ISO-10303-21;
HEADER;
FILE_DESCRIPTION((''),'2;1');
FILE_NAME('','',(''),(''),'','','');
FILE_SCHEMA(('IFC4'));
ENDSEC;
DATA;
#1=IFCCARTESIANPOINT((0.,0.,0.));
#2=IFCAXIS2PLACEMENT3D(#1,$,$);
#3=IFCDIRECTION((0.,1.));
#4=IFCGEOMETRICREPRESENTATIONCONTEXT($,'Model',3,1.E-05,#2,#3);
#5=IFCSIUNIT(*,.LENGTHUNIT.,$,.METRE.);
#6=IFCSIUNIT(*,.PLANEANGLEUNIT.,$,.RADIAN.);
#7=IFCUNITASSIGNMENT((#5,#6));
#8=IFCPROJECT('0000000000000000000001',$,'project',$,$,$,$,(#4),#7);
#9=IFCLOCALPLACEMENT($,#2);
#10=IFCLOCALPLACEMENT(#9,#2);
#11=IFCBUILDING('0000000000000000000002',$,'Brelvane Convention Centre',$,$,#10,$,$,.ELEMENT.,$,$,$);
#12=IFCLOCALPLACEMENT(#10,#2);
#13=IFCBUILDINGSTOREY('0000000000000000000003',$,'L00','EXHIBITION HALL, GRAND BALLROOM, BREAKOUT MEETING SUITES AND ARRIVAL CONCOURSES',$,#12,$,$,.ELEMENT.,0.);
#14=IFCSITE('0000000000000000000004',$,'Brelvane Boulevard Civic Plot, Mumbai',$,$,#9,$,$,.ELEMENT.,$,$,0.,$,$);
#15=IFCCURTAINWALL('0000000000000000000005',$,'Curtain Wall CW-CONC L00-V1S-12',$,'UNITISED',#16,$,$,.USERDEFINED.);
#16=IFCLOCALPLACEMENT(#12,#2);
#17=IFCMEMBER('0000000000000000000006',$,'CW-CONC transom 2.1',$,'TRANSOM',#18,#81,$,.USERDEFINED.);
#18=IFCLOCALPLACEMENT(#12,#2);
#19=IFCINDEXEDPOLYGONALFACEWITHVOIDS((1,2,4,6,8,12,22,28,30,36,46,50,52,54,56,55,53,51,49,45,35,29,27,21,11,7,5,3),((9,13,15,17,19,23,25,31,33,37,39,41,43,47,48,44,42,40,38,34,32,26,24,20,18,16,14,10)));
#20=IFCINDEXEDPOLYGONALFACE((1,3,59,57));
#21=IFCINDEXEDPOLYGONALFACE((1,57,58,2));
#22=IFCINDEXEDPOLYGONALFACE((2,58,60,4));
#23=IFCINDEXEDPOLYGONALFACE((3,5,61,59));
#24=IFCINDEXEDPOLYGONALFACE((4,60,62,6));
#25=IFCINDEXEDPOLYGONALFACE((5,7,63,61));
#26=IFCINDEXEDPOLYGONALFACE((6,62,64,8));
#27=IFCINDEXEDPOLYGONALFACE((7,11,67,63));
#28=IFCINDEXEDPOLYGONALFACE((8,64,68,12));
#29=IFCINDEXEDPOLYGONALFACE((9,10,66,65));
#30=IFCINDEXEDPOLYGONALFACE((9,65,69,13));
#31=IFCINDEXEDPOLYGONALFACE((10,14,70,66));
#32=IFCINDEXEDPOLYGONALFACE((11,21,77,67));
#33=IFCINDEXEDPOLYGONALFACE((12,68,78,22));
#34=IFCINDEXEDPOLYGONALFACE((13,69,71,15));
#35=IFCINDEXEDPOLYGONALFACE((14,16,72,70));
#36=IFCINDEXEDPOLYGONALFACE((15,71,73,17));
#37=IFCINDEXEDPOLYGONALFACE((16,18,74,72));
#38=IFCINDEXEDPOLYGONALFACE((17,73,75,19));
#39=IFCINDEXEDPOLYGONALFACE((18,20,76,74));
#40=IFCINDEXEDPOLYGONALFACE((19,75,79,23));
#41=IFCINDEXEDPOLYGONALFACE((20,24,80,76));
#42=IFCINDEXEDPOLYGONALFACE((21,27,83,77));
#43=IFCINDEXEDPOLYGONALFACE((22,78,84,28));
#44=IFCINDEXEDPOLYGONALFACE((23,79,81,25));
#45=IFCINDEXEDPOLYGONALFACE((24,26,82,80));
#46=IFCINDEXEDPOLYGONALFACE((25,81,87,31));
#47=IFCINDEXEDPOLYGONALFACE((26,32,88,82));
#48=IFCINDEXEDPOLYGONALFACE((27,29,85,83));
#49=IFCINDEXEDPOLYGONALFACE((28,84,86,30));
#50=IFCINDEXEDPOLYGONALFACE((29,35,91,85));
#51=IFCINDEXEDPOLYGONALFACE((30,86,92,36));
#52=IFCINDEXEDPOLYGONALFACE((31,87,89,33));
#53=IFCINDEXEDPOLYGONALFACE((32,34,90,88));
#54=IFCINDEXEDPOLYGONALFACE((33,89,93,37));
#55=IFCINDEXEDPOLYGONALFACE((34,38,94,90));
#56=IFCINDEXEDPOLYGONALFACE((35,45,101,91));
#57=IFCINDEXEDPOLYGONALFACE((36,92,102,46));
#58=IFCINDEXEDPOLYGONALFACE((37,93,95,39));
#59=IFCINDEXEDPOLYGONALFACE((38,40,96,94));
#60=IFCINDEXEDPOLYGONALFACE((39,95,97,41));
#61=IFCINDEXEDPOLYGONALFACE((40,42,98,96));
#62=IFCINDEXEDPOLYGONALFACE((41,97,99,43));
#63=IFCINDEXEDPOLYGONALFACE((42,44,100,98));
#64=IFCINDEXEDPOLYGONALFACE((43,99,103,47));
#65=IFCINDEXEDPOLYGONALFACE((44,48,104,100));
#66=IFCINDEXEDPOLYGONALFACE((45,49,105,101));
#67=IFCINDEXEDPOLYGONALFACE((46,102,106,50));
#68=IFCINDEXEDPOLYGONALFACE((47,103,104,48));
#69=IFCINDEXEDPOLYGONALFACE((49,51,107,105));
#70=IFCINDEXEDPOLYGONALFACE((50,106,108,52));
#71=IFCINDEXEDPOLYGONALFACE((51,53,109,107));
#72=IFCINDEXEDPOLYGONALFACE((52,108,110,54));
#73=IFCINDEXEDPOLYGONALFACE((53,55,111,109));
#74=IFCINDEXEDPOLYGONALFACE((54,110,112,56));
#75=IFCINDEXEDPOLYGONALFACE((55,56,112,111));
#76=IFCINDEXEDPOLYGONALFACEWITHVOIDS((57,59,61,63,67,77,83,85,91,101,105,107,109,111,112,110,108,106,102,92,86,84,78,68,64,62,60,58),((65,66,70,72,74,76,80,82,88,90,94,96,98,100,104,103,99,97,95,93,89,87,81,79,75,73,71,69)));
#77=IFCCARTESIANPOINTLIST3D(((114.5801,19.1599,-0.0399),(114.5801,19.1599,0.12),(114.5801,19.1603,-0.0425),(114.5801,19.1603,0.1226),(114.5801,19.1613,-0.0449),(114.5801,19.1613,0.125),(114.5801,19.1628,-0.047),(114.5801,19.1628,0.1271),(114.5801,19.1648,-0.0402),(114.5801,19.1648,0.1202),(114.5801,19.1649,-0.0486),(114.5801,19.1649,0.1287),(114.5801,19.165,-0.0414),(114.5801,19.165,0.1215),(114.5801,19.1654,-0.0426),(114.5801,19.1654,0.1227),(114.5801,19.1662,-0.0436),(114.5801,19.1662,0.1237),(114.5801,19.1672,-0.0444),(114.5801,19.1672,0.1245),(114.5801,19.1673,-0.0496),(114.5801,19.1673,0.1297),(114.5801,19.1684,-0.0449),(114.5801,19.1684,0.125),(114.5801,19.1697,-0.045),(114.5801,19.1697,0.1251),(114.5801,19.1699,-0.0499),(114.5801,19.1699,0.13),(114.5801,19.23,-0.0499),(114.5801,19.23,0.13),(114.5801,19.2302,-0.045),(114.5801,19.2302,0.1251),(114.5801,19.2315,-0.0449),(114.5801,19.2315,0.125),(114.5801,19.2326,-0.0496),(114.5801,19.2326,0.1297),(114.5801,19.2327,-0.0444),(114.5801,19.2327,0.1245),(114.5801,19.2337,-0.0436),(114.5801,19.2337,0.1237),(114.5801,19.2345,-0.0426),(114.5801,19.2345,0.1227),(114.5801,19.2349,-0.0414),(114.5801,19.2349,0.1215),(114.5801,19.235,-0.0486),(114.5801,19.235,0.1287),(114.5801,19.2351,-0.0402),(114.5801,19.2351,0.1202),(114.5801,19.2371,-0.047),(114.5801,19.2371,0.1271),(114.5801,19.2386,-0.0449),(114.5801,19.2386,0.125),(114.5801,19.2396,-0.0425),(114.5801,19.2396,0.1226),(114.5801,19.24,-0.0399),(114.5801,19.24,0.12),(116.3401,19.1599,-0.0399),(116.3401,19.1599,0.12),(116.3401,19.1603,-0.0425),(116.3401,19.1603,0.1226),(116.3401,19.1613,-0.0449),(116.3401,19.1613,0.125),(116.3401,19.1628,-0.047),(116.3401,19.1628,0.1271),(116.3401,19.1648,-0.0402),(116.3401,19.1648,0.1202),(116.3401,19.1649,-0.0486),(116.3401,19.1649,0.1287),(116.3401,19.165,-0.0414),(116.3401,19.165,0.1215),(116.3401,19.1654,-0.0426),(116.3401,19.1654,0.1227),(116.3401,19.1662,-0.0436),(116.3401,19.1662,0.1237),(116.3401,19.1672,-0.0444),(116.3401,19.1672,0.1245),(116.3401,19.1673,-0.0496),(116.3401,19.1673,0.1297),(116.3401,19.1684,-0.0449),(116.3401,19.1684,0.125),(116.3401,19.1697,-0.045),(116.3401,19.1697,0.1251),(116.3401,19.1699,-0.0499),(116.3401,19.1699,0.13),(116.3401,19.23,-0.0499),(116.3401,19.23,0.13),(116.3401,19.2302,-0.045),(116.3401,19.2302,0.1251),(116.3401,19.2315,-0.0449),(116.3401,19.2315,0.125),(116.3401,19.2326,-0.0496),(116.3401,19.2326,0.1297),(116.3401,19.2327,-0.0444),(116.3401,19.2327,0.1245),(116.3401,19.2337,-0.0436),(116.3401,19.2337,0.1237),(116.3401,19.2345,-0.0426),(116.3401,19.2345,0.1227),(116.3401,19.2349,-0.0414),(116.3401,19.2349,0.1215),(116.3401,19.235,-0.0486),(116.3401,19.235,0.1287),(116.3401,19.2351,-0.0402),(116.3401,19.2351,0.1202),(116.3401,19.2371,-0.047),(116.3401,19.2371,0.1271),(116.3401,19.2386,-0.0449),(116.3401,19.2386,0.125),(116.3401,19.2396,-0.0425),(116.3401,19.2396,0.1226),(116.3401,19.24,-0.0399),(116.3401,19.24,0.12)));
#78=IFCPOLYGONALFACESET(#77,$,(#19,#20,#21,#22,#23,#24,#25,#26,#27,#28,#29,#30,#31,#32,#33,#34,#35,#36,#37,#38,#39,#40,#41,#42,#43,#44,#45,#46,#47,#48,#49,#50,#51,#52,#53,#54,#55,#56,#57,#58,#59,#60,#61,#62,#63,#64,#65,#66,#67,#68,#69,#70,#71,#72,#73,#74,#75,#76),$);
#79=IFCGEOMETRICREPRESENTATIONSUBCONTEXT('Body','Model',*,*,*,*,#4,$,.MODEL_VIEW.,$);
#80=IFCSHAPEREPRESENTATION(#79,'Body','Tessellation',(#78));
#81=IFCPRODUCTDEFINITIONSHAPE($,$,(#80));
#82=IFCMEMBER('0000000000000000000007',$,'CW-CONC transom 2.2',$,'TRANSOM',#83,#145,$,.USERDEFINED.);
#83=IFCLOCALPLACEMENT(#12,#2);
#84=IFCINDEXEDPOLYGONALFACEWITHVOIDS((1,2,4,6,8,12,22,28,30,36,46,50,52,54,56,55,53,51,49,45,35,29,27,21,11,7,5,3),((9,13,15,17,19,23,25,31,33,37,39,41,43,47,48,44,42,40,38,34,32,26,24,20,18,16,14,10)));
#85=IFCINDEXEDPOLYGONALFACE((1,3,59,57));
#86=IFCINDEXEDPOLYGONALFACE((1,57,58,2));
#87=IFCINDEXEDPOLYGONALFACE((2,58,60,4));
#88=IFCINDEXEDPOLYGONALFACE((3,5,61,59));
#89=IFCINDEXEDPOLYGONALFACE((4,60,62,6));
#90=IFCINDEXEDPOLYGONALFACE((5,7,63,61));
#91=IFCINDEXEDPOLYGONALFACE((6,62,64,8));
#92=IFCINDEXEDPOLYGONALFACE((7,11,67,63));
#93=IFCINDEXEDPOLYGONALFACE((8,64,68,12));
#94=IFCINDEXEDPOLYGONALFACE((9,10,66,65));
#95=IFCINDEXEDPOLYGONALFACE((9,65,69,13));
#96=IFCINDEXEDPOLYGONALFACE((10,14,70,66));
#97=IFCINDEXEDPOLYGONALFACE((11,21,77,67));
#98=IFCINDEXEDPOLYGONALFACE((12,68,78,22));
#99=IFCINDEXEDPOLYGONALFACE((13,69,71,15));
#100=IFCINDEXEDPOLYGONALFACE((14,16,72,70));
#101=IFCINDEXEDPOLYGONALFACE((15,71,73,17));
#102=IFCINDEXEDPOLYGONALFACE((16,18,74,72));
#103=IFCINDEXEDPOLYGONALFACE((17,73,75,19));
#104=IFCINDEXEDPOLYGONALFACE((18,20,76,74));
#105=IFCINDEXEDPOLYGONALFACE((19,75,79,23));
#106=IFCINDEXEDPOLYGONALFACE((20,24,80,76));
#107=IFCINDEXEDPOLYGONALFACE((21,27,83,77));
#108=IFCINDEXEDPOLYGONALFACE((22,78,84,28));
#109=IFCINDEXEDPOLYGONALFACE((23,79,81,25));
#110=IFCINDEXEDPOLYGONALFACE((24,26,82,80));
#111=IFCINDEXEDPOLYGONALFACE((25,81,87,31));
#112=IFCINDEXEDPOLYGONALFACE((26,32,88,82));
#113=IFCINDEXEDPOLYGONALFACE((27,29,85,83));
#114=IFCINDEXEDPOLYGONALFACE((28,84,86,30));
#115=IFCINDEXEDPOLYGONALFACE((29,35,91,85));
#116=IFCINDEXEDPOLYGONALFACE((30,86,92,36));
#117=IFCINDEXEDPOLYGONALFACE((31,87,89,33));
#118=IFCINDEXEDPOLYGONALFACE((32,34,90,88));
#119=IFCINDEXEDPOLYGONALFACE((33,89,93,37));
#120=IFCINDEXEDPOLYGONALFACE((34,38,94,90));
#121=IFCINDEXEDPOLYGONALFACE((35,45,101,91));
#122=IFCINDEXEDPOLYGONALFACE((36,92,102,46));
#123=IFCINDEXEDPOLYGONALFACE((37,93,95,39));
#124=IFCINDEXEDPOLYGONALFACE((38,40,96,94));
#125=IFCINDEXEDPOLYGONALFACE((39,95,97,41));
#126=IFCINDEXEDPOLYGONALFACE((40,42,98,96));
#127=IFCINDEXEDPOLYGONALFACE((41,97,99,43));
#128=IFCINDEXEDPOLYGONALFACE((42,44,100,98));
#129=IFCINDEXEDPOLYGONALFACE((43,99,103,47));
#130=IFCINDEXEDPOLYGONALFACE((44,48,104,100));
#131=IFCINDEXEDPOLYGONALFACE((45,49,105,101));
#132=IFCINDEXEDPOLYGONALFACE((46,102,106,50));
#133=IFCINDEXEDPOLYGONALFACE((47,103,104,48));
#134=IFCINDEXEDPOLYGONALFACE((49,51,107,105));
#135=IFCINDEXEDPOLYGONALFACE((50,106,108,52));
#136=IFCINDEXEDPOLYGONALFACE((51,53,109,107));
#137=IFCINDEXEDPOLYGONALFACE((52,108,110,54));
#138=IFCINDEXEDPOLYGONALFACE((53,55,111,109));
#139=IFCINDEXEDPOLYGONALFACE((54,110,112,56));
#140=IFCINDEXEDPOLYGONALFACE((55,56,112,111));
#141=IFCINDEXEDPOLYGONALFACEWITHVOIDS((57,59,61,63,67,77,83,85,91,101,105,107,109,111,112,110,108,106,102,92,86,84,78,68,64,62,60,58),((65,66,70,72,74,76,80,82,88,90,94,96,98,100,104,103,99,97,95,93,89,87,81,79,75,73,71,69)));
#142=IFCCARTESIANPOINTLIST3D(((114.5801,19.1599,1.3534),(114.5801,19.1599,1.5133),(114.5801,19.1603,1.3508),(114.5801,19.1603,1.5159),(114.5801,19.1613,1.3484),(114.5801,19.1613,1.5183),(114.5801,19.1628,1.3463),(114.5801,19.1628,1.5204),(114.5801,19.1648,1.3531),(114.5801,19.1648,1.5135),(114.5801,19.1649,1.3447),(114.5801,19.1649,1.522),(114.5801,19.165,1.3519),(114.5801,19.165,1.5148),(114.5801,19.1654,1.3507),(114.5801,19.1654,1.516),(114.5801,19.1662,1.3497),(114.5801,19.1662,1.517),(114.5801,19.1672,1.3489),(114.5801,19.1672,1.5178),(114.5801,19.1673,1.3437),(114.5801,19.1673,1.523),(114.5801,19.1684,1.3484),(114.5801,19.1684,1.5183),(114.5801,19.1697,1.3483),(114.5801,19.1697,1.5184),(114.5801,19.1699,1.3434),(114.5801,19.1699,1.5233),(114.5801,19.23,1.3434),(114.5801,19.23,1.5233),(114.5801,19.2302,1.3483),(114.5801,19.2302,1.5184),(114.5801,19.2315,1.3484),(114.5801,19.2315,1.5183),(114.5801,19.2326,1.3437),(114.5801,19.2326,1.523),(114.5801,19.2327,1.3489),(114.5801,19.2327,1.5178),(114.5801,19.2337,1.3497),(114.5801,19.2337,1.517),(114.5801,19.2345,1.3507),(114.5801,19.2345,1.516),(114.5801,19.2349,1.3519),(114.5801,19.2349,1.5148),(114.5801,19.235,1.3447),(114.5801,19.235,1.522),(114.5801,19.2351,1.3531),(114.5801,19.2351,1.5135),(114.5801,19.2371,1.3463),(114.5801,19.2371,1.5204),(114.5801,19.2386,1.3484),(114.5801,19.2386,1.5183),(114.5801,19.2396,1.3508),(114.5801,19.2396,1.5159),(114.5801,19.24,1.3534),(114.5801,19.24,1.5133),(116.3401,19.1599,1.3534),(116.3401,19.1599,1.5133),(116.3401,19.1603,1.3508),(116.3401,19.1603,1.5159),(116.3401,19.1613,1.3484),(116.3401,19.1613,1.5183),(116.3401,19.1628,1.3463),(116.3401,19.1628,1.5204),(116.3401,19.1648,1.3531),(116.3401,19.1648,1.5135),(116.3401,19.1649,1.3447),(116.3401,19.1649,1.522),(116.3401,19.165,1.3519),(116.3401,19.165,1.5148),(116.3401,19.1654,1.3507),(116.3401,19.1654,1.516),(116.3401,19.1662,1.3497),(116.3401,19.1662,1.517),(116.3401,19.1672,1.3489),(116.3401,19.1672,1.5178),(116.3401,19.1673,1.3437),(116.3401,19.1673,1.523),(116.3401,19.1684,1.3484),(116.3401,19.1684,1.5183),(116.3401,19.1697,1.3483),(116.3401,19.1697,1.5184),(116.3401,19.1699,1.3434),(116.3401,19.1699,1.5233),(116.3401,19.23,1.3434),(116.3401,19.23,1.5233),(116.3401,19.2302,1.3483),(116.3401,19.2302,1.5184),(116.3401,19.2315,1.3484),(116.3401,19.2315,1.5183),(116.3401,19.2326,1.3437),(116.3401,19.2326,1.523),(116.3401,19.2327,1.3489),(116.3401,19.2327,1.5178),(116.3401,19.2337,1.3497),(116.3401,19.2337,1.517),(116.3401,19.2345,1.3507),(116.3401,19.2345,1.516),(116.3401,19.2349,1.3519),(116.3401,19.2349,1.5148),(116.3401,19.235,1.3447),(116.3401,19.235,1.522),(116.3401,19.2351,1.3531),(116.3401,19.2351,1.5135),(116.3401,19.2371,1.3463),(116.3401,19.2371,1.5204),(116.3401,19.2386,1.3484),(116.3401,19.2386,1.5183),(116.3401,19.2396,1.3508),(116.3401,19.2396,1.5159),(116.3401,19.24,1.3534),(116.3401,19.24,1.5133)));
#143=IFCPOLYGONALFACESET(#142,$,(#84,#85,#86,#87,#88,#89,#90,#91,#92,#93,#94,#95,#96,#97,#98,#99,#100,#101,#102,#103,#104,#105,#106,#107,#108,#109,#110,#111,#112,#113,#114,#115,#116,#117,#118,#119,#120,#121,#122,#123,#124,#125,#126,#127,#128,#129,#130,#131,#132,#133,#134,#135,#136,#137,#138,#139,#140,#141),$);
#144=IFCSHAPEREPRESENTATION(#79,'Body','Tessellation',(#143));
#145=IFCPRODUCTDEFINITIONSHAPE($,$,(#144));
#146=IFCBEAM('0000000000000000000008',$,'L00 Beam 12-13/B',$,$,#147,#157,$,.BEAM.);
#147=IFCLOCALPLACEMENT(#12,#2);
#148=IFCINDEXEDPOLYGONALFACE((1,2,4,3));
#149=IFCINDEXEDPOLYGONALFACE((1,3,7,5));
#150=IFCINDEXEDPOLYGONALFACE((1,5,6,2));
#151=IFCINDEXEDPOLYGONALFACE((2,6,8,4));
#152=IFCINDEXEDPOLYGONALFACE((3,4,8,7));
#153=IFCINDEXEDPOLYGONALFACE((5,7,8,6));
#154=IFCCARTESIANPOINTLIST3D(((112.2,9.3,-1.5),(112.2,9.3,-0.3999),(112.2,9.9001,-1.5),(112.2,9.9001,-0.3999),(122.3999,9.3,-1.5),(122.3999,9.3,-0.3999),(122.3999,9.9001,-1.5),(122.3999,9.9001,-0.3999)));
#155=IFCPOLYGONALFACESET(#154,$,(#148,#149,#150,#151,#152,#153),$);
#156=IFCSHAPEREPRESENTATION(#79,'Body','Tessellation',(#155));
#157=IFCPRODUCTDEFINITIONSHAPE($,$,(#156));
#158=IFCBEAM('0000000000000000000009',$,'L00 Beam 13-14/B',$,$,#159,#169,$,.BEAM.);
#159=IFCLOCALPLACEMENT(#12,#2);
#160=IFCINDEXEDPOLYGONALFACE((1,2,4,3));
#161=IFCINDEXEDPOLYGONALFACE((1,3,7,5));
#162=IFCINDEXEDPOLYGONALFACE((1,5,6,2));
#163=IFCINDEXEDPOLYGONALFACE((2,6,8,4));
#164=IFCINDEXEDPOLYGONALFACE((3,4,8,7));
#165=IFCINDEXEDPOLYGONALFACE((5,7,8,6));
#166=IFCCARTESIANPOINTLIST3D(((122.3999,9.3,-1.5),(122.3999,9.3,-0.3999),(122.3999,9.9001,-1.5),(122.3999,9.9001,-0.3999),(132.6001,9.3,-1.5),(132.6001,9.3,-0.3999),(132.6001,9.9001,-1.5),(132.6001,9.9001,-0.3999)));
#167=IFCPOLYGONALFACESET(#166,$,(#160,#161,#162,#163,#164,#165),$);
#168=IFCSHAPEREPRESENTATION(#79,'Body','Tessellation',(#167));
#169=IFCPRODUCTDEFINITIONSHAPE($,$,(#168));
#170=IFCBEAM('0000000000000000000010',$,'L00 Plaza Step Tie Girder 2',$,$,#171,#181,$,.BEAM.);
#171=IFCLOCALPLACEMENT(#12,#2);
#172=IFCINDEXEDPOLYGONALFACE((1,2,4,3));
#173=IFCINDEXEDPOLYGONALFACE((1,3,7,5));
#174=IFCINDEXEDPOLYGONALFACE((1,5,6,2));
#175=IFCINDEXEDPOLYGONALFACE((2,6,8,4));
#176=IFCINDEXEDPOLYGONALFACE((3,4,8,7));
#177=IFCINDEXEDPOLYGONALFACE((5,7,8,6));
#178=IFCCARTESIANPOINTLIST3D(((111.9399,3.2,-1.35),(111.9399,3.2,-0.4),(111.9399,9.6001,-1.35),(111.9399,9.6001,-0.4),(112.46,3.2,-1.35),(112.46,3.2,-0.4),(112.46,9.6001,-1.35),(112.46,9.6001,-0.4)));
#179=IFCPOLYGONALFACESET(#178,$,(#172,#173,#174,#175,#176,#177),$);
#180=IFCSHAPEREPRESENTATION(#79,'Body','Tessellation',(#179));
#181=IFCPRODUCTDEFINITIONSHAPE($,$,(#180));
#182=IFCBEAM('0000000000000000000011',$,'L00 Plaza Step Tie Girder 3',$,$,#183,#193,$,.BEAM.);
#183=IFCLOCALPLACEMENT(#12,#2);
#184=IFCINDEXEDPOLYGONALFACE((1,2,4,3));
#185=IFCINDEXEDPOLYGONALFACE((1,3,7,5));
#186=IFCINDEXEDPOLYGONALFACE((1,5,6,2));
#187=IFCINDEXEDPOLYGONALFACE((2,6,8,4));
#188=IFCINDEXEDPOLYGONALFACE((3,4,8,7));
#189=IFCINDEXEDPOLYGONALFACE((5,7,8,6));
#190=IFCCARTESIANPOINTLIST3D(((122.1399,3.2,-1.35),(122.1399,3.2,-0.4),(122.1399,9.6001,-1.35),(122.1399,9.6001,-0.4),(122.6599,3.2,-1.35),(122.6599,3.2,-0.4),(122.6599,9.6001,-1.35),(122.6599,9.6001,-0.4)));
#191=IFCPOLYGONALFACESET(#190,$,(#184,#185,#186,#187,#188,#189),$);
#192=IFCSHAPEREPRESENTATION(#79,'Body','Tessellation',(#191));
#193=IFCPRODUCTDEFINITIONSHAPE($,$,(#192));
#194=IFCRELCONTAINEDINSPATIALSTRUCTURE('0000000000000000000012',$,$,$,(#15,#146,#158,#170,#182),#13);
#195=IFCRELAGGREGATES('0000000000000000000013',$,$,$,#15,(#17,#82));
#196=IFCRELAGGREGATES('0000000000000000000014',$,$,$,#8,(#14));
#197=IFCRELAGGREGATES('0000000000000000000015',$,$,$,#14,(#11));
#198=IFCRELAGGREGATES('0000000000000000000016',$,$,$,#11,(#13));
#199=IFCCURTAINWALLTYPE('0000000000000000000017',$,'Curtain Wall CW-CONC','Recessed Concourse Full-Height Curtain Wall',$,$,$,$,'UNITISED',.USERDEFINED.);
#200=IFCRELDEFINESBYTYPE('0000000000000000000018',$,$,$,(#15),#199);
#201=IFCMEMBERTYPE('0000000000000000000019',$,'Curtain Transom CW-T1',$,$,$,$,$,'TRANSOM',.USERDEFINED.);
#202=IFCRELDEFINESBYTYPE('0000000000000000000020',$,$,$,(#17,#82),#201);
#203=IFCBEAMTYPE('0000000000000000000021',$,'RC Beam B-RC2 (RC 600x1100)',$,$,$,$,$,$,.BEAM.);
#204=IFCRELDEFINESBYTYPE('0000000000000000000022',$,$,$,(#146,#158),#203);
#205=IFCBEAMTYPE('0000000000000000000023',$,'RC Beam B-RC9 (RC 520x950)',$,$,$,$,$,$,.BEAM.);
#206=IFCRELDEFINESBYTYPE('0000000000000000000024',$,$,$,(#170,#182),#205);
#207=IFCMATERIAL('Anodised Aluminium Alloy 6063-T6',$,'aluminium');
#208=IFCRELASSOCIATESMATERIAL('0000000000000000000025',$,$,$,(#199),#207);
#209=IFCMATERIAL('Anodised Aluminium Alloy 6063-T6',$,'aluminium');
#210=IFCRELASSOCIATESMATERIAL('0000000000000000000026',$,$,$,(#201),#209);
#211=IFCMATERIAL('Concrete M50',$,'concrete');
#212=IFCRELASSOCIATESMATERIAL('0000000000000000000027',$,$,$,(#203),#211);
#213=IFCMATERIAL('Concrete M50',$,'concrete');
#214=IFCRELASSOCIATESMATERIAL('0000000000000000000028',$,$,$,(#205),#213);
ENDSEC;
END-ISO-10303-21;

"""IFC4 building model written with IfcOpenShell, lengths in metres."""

from ifc_helpers import new_model, si_unit, direction, frame, origin, origin_2d, place, context, subcontext, project, spatial, rectangle, hollow_rectangle, extrude, material, material_profile, profile_set, type_object, element, aggregate, save


model = new_model("IFC4")

# Units and contexts
model_context = context("Model", 3, precision=1e-05, world=origin(), true_north=direction((0.0, 1.0)))
body_context = subcontext(model_context, "Body", "Model", "MODEL_VIEW")
ifc_project = project(units=[si_unit("LENGTHUNIT", "METRE"), si_unit("PLANEANGLEUNIT", "RADIAN")], contexts=[model_context])

# Site, building, storey
site_placement = place(None, origin())
site = spatial("IfcSite", under=ifc_project, at=site_placement, Name="Brelvane Boulevard Civic Plot, Mumbai", CompositionType="ELEMENT", RefElevation=0.0)
building_placement = place(site_placement, origin())
building = spatial("IfcBuilding", under=site, at=building_placement, Name="Brelvane Convention Centre", CompositionType="ELEMENT")
storey_placement = place(building_placement, origin())
storey = spatial("IfcBuildingStorey", under=building, at=storey_placement, Name="L00", Description="EXHIBITION HALL, GRAND BALLROOM, BREAKOUT MEETING SUITES AND ARRIVAL CONCOURSES", CompositionType="ELEMENT", Elevation=0.0)

# Curtain wall, members
ifc_material_1 = material(Name="Anodised Aluminium Alloy 6063-T6", Category="aluminium")
curtain_wall_type = type_object("IfcCurtainWallType", Name="Curtain Wall CW-CONC", Description="Recessed Concourse Full-Height Curtain Wall", ElementType="UNITISED", PredefinedType="USERDEFINED", material=ifc_material_1)
curtain_wall_placement = place(storey_placement, origin())
curtain_wall = element("IfcCurtainWall", 1, at=curtain_wall_placement, inside=storey, type_object=curtain_wall_type, Name="Curtain Wall CW-CONC L00-V1S-12", ObjectType="UNITISED", PredefinedType="USERDEFINED")
ifc_material_2 = material(Name="Anodised Aluminium Alloy 6063-T6", Category="aluminium")
ifc_material_profile_1 = material_profile(ifc_material_2, hollow_rectangle(XDim=0.0801, YDim=0.1799, WallThickness=0.0049, InnerFilletRadius=0.0049, OuterFilletRadius=0.01, at=origin_2d()), Name="ALU-T 180x80x5.0")
ifc_profile_set_1 = profile_set([ifc_material_profile_1], Name="Anodised Aluminium Alloy 6063-T6")
member_type_1 = type_object("IfcMemberType", Name="Curtain Transom CW-T1", ElementType="TRANSOM", PredefinedType="USERDEFINED", material=ifc_profile_set_1)
member_1_placement = place(storey_placement, frame((114.5801, 19.2, 0.04), z_axis=(1.0, 0.0, 0.0), x_axis=(0.0, 1.0, 0.0)))
member_1 = element("IfcMember", 2, at=member_1_placement, type_object=member_type_1, Name="CW-CONC transom 2.1", ObjectType="TRANSOM", PredefinedType="USERDEFINED", context=body_context, shape_type="SweptSolid", body=[
    extrude(hollow_rectangle(XDim=0.0801, YDim=0.1799, WallThickness=0.0049, InnerFilletRadius=0.0049, OuterFilletRadius=0.01, at=origin_2d()), origin(), (0.0, 0.0, 1.0), 1.76),
])
member_2_placement = place(storey_placement, frame((114.5801, 19.2, 1.4333), z_axis=(1.0, 0.0, 0.0), x_axis=(0.0, 1.0, 0.0)))
member_2 = element("IfcMember", 3, at=member_2_placement, type_object=member_type_1, Name="CW-CONC transom 2.2", ObjectType="TRANSOM", PredefinedType="USERDEFINED", context=body_context, shape_type="SweptSolid", body=[
    extrude(hollow_rectangle(XDim=0.0801, YDim=0.1799, WallThickness=0.0049, InnerFilletRadius=0.0049, OuterFilletRadius=0.01, at=origin_2d()), origin(), (0.0, 0.0, 1.0), 1.76),
])

# Beams
ifc_material_3 = material(Name="Concrete M50", Category="concrete")
ifc_material_profile_2 = material_profile(ifc_material_3, rectangle(XDim=0.6001, YDim=1.1001, at=origin_2d()), Name="RC 600x1100")
ifc_profile_set_2 = profile_set([ifc_material_profile_2], Name="Concrete M50")
beam_type_1 = type_object("IfcBeamType", Name="RC Beam B-RC2 (RC 600x1100)", PredefinedType="BEAM", material=ifc_profile_set_2)
beam_1_placement = place(storey_placement, frame((112.2, 9.6001, -0.95), z_axis=(1.0, 0.0, 0.0), x_axis=(0.0, 1.0, 0.0)))
element("IfcBeam", 4, at=beam_1_placement, inside=storey, type_object=beam_type_1, Name="L00 Beam 12-13/B", PredefinedType="BEAM", context=body_context, shape_type="SweptSolid", body=[
    extrude(rectangle(XDim=0.6001, YDim=1.1001, at=origin_2d()), origin(), (0.0, 0.0, 1.0), 10.2),
])
beam_2_placement = place(storey_placement, frame((122.3999, 9.6001, -0.95), z_axis=(1.0, 0.0, 0.0), x_axis=(0.0, 1.0, 0.0)))
element("IfcBeam", 5, at=beam_2_placement, inside=storey, type_object=beam_type_1, Name="L00 Beam 13-14/B", PredefinedType="BEAM", context=body_context, shape_type="SweptSolid", body=[
    extrude(rectangle(XDim=0.6001, YDim=1.1001, at=origin_2d()), origin(), (0.0, 0.0, 1.0), 10.2002),
])
ifc_material_4 = material(Name="Concrete M50", Category="concrete")
ifc_material_profile_3 = material_profile(ifc_material_4, rectangle(XDim=0.52, YDim=0.95, at=origin_2d()), Name="RC 520x950")
ifc_profile_set_3 = profile_set([ifc_material_profile_3], Name="Concrete M50")
beam_type_2 = type_object("IfcBeamType", Name="RC Beam B-RC9 (RC 520x950)", PredefinedType="BEAM", material=ifc_profile_set_3)
for number, where, z_axis, x_axis, name in (
    (6, (112.2, 3.2, -0.875), (0.0, 1.0, 0.0), (-1.0, 0.0, 0.0), "L00 Plaza Step Tie Girder 2"),
    (7, (122.3999, 3.2, -0.875), (0.0, 1.0, 0.0), (-1.0, 0.0, 0.0), "L00 Plaza Step Tie Girder 3"),
):
    element("IfcBeam", number, at=place(storey_placement, frame(where, z_axis=z_axis, x_axis=x_axis)), inside=storey, type_object=beam_type_2, Name=name, PredefinedType="BEAM", context=body_context, shape_type="SweptSolid", body=[
        extrude(rectangle(XDim=0.52, YDim=0.95, at=origin_2d()), origin(), (0.0, 0.0, 1.0), 6.4001),
    ])

aggregate(curtain_wall, [member_1, member_2])

save(model, "model.ifc")
